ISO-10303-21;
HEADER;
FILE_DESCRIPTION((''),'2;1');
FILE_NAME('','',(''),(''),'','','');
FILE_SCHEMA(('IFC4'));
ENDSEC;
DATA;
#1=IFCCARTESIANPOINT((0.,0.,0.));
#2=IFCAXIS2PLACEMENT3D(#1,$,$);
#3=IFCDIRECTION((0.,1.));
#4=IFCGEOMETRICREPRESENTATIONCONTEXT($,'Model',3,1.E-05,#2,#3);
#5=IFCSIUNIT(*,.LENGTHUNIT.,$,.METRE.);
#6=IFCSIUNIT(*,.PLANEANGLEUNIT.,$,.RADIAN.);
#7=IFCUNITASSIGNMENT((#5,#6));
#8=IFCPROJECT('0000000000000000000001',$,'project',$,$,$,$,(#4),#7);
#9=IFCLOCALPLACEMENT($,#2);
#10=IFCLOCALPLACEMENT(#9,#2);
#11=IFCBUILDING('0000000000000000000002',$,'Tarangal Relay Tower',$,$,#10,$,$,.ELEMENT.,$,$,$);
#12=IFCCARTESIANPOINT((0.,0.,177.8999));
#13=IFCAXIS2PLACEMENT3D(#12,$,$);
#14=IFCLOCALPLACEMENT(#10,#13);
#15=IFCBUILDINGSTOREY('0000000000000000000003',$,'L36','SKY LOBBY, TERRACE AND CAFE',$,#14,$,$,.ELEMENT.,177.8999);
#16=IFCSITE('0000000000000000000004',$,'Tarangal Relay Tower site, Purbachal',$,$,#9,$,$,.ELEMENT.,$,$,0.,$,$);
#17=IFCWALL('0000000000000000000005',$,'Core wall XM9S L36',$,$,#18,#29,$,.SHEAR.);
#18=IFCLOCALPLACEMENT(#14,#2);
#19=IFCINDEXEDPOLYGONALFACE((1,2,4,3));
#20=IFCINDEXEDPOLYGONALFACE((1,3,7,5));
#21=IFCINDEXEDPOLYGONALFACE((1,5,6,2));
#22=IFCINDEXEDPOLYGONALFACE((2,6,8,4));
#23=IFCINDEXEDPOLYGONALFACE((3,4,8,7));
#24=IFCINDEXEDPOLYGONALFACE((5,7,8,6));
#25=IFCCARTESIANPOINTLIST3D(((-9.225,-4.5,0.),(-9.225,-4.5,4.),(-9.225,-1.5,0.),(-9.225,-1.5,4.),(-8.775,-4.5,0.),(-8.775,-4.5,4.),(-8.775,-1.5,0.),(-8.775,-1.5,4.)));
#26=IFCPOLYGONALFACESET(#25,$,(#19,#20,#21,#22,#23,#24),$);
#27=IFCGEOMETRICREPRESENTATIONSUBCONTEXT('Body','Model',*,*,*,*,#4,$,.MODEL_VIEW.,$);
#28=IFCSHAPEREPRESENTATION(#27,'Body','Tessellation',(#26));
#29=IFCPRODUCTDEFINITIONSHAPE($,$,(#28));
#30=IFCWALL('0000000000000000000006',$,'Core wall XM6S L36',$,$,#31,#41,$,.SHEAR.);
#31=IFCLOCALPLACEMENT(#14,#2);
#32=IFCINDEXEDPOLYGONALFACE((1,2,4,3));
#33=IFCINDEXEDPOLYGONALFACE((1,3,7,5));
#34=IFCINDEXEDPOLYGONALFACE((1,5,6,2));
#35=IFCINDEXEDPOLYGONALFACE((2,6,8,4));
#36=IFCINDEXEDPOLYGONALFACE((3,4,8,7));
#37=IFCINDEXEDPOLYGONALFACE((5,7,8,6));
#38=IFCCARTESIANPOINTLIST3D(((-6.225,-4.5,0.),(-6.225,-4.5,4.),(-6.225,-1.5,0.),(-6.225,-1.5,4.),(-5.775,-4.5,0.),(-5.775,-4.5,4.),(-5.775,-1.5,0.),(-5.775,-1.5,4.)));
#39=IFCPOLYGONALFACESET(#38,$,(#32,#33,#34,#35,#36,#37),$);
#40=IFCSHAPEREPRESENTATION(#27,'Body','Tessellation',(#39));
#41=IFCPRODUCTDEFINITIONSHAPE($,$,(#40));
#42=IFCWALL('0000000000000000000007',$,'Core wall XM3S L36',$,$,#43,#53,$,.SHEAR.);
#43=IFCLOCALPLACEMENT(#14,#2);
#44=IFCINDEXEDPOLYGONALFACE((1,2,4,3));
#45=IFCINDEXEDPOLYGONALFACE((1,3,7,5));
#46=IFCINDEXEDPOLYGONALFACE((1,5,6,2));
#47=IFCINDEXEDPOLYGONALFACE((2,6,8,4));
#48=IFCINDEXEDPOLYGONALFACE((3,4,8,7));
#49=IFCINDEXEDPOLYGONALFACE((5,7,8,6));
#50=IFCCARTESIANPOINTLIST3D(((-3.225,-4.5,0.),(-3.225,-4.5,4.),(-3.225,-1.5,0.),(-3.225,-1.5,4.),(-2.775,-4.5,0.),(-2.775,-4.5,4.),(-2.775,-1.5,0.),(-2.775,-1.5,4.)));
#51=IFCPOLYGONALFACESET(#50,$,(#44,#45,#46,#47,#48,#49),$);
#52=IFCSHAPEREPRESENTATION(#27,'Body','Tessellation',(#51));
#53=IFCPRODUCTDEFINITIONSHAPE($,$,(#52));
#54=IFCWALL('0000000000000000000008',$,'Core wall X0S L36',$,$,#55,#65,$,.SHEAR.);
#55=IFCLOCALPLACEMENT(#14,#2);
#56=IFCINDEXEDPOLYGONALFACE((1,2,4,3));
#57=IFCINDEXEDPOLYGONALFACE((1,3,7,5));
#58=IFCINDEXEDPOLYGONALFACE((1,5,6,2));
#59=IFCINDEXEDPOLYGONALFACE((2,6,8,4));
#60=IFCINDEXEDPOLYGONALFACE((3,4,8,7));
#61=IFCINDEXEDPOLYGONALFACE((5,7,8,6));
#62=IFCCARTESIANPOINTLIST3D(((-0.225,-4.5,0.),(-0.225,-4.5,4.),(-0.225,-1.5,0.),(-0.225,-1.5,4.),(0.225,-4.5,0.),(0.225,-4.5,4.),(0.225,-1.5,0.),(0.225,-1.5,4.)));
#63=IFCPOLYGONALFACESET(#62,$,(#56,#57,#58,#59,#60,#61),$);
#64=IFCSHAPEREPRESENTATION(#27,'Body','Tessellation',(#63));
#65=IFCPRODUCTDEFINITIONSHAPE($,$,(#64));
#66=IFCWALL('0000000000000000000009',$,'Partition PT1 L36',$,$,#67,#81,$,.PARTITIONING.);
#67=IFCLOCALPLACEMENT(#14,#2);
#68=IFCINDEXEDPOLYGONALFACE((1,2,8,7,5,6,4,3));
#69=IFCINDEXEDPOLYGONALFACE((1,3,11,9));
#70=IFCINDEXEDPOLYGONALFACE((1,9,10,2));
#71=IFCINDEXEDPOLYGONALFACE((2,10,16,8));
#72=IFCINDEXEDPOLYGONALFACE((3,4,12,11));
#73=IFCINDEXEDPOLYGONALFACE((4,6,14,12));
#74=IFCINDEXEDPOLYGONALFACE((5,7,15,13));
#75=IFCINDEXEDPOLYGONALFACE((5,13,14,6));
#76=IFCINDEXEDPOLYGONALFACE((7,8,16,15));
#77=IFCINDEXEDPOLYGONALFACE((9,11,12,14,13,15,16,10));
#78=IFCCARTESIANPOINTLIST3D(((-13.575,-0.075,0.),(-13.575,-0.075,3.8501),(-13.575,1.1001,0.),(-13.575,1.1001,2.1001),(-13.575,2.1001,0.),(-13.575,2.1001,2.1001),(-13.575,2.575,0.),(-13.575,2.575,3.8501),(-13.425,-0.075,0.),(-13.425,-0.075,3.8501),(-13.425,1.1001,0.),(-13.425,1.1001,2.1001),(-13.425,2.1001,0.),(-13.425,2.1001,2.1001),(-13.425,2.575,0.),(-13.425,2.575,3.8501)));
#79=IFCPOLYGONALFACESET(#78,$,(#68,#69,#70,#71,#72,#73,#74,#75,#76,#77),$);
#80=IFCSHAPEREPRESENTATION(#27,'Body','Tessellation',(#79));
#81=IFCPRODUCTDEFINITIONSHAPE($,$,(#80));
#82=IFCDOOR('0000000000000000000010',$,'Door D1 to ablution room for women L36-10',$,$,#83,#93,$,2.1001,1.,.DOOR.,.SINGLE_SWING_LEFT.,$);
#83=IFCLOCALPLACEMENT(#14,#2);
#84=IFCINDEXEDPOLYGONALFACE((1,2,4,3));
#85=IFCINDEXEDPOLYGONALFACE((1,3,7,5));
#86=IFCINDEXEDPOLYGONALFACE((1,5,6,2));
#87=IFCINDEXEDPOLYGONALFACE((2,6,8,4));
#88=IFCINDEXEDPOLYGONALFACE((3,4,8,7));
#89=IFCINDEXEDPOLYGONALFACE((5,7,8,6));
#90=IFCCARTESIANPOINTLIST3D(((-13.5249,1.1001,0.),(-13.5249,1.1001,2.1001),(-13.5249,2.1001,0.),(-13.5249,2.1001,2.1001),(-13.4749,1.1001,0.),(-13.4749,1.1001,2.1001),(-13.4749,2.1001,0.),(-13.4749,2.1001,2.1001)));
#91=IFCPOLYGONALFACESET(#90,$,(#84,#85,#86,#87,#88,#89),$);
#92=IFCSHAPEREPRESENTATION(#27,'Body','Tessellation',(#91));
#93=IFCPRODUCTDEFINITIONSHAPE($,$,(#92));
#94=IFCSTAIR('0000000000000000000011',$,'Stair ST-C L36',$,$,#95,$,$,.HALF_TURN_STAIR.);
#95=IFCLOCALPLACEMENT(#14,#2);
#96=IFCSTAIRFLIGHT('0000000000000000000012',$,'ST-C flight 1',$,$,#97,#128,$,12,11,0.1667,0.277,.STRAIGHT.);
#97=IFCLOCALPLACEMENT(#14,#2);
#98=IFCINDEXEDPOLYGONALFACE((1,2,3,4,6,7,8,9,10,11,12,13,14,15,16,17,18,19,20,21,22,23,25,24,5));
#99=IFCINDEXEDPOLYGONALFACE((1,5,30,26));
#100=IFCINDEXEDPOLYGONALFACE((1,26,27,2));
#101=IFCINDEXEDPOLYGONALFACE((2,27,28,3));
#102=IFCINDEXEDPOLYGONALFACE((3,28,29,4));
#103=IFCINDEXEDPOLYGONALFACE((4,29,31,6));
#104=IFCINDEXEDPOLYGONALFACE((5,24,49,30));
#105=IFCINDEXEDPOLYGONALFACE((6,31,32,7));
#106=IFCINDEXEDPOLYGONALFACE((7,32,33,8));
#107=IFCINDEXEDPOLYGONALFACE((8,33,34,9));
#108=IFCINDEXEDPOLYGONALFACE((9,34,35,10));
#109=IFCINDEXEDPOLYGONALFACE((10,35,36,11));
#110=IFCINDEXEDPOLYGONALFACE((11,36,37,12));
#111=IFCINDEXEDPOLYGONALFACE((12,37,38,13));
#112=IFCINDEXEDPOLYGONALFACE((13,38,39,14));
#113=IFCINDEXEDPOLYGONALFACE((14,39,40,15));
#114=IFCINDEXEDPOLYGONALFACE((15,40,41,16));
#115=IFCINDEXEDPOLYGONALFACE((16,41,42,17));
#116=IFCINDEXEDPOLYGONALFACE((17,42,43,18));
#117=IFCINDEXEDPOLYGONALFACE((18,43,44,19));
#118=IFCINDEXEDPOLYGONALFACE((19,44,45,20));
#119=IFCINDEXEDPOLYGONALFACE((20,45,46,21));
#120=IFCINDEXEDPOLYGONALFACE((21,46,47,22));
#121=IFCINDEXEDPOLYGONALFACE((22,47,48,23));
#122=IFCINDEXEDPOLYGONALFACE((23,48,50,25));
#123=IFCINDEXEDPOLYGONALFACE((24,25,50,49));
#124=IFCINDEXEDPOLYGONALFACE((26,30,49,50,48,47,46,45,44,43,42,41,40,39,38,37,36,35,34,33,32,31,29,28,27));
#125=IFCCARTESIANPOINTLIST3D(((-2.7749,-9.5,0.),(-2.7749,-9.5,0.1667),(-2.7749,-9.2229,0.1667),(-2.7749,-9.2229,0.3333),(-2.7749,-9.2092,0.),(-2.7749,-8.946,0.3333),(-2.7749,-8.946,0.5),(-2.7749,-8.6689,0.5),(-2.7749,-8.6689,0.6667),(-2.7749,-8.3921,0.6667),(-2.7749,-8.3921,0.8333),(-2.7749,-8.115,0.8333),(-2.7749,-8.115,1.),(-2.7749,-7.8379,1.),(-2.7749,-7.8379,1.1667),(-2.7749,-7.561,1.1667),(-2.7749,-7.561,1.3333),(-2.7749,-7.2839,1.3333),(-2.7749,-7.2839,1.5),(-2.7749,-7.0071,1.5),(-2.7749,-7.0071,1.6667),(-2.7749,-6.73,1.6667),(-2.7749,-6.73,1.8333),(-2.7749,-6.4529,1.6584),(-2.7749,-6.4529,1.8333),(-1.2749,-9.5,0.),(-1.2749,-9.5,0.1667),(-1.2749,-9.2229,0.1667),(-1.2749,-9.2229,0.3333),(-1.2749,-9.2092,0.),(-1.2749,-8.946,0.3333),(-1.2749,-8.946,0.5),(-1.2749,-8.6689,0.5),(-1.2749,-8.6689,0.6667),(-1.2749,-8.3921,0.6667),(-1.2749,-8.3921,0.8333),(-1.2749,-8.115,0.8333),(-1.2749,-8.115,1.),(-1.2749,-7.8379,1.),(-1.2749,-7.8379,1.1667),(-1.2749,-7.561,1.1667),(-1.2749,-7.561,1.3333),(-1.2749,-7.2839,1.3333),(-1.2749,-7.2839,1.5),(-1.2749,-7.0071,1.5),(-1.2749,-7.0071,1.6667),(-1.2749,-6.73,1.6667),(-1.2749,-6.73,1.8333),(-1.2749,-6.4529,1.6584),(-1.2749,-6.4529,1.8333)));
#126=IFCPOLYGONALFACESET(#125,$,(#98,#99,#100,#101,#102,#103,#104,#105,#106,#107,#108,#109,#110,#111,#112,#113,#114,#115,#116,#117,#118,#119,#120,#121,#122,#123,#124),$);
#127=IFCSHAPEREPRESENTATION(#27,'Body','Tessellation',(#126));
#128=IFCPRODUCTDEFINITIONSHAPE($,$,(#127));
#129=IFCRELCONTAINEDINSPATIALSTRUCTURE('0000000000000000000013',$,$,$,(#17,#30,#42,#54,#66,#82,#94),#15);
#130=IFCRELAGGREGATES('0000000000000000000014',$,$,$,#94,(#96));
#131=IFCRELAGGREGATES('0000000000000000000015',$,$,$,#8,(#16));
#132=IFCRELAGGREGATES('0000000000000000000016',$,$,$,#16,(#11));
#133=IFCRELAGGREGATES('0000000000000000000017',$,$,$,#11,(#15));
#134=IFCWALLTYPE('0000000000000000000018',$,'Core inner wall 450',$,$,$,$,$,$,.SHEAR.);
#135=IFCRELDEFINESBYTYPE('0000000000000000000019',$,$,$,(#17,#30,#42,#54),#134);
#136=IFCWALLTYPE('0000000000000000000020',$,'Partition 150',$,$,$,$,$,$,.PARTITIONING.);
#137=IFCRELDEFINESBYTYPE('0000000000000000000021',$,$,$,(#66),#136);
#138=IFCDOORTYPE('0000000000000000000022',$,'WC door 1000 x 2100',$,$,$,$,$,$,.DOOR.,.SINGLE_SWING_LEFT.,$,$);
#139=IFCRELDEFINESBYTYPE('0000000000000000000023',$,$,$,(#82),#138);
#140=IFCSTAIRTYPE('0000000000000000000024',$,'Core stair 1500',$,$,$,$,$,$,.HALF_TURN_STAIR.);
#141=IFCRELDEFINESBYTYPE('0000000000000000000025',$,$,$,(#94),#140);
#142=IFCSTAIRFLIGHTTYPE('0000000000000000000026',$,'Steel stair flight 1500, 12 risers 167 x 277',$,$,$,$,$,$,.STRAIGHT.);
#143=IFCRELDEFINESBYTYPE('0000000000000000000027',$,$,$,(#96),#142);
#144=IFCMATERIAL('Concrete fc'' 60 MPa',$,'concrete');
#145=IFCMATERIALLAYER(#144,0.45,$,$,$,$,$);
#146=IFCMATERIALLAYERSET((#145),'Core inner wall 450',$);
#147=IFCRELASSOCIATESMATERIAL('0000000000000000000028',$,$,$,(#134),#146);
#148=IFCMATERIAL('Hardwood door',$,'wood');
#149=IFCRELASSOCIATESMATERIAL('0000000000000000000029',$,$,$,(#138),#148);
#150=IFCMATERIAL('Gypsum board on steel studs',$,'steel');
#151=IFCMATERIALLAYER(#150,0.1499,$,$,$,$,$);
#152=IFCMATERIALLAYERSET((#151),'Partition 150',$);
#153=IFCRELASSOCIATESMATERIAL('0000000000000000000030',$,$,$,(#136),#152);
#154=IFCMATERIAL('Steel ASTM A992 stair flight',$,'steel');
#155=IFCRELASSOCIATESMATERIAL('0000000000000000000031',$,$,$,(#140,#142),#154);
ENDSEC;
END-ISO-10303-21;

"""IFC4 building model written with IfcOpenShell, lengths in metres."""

from ifc_helpers import new_model, si_unit, direction, frame, frame_2d, origin, place, context, subcontext, project, spatial, polyline, rectangle, outline, extrude, material, layer, layer_set, type_object, element, fill, aggregate, save


model = new_model("IFC4")

# Units and contexts
model_context = context("Model", 3, precision=1e-05, world=origin(), true_north=direction((0.0, 1.0)))
body_context = subcontext(model_context, "Body", "Model", "MODEL_VIEW")
ifc_project = project(units=[si_unit("LENGTHUNIT", "METRE"), si_unit("PLANEANGLEUNIT", "RADIAN")], contexts=[model_context])

# Site, building, storey
site_placement = place(None, origin())
site = spatial("IfcSite", under=ifc_project, at=site_placement, Name="Tarangal Relay Tower site, Purbachal", CompositionType="ELEMENT", RefElevation=0.0)
building_placement = place(site_placement, origin())
building = spatial("IfcBuilding", under=site, at=building_placement, Name="Tarangal Relay Tower", CompositionType="ELEMENT")
storey_placement = place(building_placement, frame((0.0, 0.0, 177.8999)))
storey = spatial("IfcBuildingStorey", under=building, at=storey_placement, Name="L36", Description="SKY LOBBY, TERRACE AND CAFE", CompositionType="ELEMENT", Elevation=177.8999)

# Shared definitions
ifc_material_1 = material(Name="Concrete fc' 60 MPa", Category="concrete")
ifc_layer_1 = layer(ifc_material_1, 0.45)
ifc_layer_set_1 = layer_set([ifc_layer_1], Name="Core inner wall 450")
wall_type_1 = type_object("IfcWallType", Name="Core inner wall 450", PredefinedType="SHEAR", material=ifc_layer_set_1)

# Shared definitions
ifc_material_2 = material(Name="Hardwood door", Category="wood")
door_type_1 = type_object("IfcDoorType", Name="WC door 1000 x 2100", OperationType="SINGLE_SWING_LEFT", PredefinedType="DOOR", material=ifc_material_2)

# Walls
for number, where, z_axis, x_axis, name in (
    (1, (-9.0, -4.5, 0.0), (0.0, 0.0, 1.0), (0.0, 1.0, 0.0), "Core wall XM9S L36"),
    (2, (-6.0, -4.5, 0.0), (0.0, 0.0, 1.0), (0.0, 1.0, 0.0), "Core wall XM6S L36"),
    (3, (-3.0, -4.5, 0.0), (0.0, 0.0, 1.0), (0.0, 1.0, 0.0), "Core wall XM3S L36"),
    (4, (0.0, -4.5, 0.0), (0.0, 0.0, 1.0), (0.0, 1.0, 0.0), "Core wall X0S L36"),
):
    element("IfcWall", number, at=place(storey_placement, frame(where, z_axis=z_axis, x_axis=x_axis)), inside=storey, type_object=wall_type_1, Name=name, PredefinedType="SHEAR", context=body_context, shape_type="SweptSolid", body=[
        extrude(rectangle(XDim=3.0, YDim=0.45, at=frame_2d((1.5, 0.0))), origin(), (0.0, 0.0, 1.0), 4.0),
    ])

# Wall, opening, door
ifc_material_3 = material(Name="Gypsum board on steel studs", Category="steel")
ifc_layer_2 = layer(ifc_material_3, 0.1499)
ifc_layer_set_2 = layer_set([ifc_layer_2], Name="Partition 150")
wall_type_2 = type_object("IfcWallType", Name="Partition 150", PredefinedType="PARTITIONING", material=ifc_layer_set_2)
wall_1_placement = place(storey_placement, frame((-13.5, -0.075, 0.0), z_axis=(0.0, 0.0, 1.0), x_axis=(0.0, 1.0, 0.0)))
wall_1 = element("IfcWall", 5, at=wall_1_placement, inside=storey, type_object=wall_type_2, Name="Partition PT1 L36", PredefinedType="PARTITIONING", context=body_context, shape_type="SweptSolid", body=[
    extrude(rectangle(XDim=2.6499, YDim=0.1499, at=frame_2d((1.325, 0.0))), origin(), (0.0, 0.0, 1.0), 3.8501),
])
opening_1_placement = place(wall_1_placement, frame((1.175, 0.0, 0.0)))
opening_1 = element("IfcOpeningElement", 6, at=opening_1_placement, cuts=wall_1, PredefinedType="OPENING", context=body_context, shape_type="SweptSolid", body=[
    extrude(rectangle(XDim=1.0, YDim=2.1001, at=frame_2d((0.5, 1.05))), frame((0.0, 0.085, 0.0), z_axis=(0.0, -1.0, 0.0), x_axis=(1.0, 0.0, 0.0)), (0.0, 0.0, 1.0), 0.1699),
])
door_1_placement = place(opening_1_placement, origin())
door_1 = element("IfcDoor", 7, at=door_1_placement, inside=storey, type_object=door_type_1, Name="Door D1 to ablution room for women L36-10", OperationType="SINGLE_SWING_LEFT", OverallHeight=2.1001, OverallWidth=1.0, PredefinedType="DOOR", context=body_context, shape_type="SweptSolid", body=[
    extrude(rectangle(XDim=1.0, YDim=2.1001, at=frame_2d((0.5, 1.05))), frame((0.0, 0.0249, 0.0), z_axis=(0.0, -1.0, 0.0), x_axis=(1.0, 0.0, 0.0)), (0.0, 0.0, 1.0), 0.05),
])
fill(opening_1, door_1)

# Stair, stair flight
ifc_material_4 = material(Name="Steel ASTM A992 stair flight", Category="steel")
stair_type = type_object("IfcStairType", Name="Core stair 1500", PredefinedType="HALF_TURN_STAIR", material=ifc_material_4)
stair_placement = place(storey_placement, origin())
stair = element("IfcStair", 8, at=stair_placement, inside=storey, type_object=stair_type, Name="Stair ST-C L36", PredefinedType="HALF_TURN_STAIR")
stair_flight_type = type_object("IfcStairFlightType", Name="Steel stair flight 1500, 12 risers 167 x 277", PredefinedType="STRAIGHT", material=ifc_material_4)
stair_flight_placement = place(storey_placement, frame((-2.0249, -9.5, 0.0), z_axis=(0.0, 0.0, 1.0), x_axis=(0.0, 1.0, 0.0)))
stair_flight = element("IfcStairFlight", 9, at=stair_flight_placement, type_object=stair_flight_type, Name="ST-C flight 1", NumberOfRisers=12, NumberOfTreads=11, PredefinedType="STRAIGHT", RiserHeight=0.1667, TreadLength=0.277, context=body_context, shape_type="SweptSolid", body=[
    extrude(outline(polyline([(0.0, 0.0), (0.0, 0.1667), (0.2771, 0.1667), (0.2771, 0.3333), (0.554, 0.3333), (0.554, 0.5), (0.8311, 0.5), (0.8311, 0.6667), (1.1079, 0.6667), (1.1079, 0.8333), (1.385, 0.8333), (1.385, 1.0), (1.6621, 1.0), (1.6621, 1.1667), (1.939, 1.1667), (1.939, 1.3333), (2.2161, 1.3333), (2.2161, 1.5), (2.4929, 1.5), (2.4929, 1.6667), (2.77, 1.6667), (2.77, 1.8333), (3.0471, 1.8333), (3.0471, 2.0), (3.0471, 1.6584), (0.2908, 0.0), (0.0, 0.0)])), frame((0.0, 0.75, 0.0), z_axis=(0.0, -1.0, 0.0), x_axis=(1.0, 0.0, 0.0)), (0.0, 0.0, 1.0), 1.5),
])
aggregate(stair, [stair_flight])

save(model, "model.ifc")
